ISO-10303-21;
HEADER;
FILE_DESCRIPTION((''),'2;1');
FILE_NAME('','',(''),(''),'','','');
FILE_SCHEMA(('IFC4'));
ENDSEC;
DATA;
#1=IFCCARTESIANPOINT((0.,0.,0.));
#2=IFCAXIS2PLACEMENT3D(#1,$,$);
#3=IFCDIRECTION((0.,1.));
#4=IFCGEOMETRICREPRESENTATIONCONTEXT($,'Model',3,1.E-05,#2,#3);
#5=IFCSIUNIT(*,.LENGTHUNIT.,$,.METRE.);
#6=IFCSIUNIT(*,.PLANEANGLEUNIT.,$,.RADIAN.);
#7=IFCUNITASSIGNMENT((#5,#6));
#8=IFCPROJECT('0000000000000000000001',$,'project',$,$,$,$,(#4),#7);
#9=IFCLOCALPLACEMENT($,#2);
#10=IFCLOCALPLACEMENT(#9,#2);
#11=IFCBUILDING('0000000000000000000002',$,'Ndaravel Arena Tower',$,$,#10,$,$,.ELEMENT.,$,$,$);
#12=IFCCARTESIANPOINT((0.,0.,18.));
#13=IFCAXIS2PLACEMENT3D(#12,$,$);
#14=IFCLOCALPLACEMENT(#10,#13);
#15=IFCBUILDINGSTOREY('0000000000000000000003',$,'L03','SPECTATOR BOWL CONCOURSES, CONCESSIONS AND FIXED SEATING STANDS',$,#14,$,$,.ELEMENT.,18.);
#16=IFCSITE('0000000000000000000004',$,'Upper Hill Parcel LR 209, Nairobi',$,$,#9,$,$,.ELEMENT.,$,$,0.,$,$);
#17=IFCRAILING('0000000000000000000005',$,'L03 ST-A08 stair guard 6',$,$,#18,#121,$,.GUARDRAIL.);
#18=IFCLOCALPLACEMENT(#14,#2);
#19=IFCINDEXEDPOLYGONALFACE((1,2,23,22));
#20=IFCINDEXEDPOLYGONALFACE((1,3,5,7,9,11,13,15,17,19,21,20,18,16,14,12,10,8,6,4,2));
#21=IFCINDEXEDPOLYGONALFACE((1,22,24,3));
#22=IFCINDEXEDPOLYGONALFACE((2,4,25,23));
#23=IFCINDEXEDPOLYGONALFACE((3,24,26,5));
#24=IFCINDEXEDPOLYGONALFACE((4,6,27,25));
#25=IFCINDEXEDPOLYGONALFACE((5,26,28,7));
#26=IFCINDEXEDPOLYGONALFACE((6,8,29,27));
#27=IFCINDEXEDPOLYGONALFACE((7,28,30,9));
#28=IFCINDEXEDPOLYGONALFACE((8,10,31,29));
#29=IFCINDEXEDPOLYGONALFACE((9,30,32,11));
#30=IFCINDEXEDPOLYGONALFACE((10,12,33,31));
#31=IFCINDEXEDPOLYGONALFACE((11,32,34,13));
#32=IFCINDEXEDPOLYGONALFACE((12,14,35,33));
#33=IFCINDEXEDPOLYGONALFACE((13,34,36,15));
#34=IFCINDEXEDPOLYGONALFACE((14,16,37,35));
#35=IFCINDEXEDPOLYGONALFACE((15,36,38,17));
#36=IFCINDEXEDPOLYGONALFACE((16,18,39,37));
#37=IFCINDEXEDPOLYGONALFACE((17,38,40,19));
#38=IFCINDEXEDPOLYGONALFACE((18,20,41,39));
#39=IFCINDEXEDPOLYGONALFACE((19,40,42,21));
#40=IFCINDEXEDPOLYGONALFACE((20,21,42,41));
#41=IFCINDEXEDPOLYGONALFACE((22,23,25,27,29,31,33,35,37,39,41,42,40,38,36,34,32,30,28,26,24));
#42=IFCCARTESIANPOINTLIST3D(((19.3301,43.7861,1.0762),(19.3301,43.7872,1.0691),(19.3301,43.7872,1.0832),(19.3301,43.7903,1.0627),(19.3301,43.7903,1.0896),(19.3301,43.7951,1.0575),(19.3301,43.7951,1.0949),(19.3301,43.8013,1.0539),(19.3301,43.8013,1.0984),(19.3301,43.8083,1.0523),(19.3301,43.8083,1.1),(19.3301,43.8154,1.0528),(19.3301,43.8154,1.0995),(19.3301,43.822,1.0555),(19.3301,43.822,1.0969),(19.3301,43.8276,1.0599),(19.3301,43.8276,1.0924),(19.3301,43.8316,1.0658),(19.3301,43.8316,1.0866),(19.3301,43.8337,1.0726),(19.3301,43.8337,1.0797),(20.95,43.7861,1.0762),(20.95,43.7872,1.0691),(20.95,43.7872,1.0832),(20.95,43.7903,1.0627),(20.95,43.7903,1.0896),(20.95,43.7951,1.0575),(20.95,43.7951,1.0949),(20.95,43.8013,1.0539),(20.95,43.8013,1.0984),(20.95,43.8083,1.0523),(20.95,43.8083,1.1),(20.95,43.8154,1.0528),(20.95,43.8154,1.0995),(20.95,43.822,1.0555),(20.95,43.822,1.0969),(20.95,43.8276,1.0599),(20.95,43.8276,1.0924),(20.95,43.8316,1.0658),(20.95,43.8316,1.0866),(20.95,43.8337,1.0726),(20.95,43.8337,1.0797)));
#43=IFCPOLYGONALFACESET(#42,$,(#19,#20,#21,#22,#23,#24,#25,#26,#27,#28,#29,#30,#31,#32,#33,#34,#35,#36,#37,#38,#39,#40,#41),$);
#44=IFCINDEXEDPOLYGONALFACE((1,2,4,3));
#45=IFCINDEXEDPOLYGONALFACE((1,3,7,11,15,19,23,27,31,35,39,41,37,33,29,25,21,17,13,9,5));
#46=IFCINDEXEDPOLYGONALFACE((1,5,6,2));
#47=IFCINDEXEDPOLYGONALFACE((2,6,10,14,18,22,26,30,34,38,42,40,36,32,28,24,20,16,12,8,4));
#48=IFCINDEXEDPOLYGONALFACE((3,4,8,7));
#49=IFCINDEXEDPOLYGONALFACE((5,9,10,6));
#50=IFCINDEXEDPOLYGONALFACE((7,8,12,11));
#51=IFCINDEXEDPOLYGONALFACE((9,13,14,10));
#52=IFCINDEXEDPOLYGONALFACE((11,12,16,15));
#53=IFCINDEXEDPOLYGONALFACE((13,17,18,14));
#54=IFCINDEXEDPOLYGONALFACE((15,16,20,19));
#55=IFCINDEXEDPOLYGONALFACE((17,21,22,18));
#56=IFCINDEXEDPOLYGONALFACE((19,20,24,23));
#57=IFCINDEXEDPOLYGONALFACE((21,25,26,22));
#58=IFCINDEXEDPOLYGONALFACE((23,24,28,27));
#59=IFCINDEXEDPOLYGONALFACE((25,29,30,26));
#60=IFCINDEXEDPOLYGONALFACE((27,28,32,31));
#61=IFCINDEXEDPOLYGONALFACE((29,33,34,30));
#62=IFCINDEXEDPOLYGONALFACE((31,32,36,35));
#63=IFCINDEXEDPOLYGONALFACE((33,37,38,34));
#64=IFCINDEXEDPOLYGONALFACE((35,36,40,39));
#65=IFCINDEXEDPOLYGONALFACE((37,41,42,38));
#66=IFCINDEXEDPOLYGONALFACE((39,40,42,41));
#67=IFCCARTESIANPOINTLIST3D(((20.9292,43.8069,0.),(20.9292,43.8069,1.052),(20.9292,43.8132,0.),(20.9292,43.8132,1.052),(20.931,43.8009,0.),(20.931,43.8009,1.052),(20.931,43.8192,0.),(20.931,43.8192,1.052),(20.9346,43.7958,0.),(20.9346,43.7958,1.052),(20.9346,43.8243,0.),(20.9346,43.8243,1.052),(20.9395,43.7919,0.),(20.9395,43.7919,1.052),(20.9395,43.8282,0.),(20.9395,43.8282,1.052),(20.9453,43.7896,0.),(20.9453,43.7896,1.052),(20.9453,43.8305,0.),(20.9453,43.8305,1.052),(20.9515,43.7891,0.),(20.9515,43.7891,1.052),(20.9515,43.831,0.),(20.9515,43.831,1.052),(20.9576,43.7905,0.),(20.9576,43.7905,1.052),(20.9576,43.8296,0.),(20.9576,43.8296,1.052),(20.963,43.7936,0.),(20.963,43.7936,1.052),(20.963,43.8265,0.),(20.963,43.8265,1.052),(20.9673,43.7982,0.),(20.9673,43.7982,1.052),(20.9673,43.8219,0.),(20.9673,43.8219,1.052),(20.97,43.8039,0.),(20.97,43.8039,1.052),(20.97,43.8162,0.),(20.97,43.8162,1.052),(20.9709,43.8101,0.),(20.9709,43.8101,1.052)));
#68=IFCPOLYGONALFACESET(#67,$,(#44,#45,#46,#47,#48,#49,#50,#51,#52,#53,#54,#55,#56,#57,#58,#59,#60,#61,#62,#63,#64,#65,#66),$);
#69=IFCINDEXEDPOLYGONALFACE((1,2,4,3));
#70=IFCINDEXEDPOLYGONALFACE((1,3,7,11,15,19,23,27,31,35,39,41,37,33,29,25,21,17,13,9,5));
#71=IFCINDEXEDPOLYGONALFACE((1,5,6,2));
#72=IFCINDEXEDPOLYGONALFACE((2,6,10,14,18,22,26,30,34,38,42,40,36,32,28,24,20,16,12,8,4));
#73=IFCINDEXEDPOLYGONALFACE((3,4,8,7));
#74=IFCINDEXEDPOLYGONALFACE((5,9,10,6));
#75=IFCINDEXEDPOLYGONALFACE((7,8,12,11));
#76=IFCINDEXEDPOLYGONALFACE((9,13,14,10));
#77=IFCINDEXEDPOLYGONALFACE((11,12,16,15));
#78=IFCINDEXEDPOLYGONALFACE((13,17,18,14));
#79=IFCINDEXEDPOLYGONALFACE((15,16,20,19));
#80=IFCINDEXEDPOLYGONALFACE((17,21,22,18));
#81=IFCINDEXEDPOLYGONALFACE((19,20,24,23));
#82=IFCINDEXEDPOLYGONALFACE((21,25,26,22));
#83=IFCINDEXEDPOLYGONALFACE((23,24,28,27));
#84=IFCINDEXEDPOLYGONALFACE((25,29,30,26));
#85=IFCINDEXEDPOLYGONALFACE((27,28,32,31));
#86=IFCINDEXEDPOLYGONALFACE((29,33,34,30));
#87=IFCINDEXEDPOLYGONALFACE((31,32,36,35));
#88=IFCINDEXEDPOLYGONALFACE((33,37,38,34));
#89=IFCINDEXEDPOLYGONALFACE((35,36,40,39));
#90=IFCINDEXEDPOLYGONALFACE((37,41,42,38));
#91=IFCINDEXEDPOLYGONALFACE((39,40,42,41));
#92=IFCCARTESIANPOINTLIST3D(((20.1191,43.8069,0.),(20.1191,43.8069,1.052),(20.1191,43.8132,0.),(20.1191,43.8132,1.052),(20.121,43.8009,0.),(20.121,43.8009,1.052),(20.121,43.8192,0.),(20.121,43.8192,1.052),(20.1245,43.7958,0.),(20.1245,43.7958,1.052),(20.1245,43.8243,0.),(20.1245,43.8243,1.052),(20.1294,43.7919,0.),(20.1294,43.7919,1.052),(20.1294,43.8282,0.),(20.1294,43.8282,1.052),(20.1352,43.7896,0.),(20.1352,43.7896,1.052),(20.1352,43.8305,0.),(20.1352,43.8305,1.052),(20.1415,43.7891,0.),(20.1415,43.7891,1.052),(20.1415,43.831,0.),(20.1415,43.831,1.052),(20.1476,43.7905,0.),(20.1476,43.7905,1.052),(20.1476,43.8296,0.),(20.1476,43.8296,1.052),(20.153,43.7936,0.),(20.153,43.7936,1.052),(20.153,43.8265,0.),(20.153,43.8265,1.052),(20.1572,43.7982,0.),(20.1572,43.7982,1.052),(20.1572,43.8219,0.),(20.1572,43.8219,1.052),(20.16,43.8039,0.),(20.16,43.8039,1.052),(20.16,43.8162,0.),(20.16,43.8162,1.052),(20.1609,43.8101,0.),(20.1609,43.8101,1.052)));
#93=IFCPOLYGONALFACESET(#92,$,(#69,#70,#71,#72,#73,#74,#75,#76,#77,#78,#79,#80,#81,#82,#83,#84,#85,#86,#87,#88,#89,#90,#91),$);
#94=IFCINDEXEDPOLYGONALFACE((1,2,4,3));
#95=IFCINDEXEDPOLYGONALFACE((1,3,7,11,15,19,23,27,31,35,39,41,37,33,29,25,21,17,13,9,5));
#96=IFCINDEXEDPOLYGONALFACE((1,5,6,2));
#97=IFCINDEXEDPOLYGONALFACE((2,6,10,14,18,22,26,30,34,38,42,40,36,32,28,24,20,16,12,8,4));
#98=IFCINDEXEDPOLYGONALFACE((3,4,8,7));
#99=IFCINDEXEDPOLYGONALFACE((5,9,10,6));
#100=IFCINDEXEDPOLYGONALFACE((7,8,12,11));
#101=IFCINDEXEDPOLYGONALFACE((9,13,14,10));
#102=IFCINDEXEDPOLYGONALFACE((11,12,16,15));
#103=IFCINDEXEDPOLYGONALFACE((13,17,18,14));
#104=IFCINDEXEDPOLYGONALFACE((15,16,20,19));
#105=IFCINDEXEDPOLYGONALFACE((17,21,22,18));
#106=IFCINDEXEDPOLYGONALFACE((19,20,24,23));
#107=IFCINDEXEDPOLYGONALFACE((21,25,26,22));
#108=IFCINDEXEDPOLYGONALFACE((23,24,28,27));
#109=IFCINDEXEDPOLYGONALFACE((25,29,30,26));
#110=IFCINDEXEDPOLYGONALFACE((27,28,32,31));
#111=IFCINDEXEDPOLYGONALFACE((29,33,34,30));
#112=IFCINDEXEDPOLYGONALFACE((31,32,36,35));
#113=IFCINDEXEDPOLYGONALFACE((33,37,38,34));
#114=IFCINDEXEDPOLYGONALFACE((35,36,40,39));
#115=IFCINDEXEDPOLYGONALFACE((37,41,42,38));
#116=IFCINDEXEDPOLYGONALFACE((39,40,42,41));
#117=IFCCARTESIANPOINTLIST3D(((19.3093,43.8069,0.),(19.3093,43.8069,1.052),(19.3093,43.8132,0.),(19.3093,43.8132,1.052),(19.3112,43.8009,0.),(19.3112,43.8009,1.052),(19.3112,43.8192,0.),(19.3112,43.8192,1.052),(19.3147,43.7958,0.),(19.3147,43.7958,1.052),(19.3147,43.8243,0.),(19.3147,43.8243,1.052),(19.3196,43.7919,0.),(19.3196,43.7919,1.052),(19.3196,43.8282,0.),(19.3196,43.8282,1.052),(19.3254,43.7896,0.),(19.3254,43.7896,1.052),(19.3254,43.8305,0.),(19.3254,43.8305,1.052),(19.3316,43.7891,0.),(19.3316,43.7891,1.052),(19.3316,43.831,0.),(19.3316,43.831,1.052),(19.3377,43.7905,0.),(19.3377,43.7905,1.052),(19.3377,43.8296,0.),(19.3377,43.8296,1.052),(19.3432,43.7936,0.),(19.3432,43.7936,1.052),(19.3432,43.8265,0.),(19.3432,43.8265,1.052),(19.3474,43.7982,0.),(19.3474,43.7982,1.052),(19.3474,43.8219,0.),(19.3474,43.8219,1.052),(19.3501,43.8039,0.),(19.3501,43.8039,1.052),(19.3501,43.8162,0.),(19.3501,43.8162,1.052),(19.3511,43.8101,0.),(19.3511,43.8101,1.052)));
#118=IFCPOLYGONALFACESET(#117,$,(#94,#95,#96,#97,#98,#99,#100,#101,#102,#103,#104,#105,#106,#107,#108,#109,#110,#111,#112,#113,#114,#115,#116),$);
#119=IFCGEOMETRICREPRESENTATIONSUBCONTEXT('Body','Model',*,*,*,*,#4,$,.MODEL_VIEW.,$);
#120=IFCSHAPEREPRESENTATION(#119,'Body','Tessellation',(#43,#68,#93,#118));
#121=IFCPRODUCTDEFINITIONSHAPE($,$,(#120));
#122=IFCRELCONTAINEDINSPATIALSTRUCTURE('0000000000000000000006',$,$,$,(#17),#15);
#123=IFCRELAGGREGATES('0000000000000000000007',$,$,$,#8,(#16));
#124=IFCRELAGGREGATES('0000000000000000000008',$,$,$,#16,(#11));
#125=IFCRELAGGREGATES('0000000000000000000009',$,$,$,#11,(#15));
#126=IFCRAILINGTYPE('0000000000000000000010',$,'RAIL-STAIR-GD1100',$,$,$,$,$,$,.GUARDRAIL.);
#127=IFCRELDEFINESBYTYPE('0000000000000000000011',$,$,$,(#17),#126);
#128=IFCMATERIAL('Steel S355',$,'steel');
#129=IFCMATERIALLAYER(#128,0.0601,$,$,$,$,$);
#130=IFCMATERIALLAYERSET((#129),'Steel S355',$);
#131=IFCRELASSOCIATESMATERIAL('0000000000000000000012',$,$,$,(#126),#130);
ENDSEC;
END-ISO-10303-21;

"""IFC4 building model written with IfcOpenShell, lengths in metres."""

from ifc_helpers import new_model, si_unit, direction, frame, origin, origin_2d, place, context, subcontext, project, spatial, circle, extrude, material, layer, layer_set, type_object, element, save


model = new_model("IFC4")

# Units and contexts
model_context = context("Model", 3, precision=1e-05, world=origin(), true_north=direction((0.0, 1.0)))
body_context = subcontext(model_context, "Body", "Model", "MODEL_VIEW")
ifc_project = project(units=[si_unit("LENGTHUNIT", "METRE"), si_unit("PLANEANGLEUNIT", "RADIAN")], contexts=[model_context])

# Site, building, storey
site_placement = place(None, origin())
site = spatial("IfcSite", under=ifc_project, at=site_placement, Name="Upper Hill Parcel LR 209, Nairobi", CompositionType="ELEMENT", RefElevation=0.0)
building_placement = place(site_placement, origin())
building = spatial("IfcBuilding", under=site, at=building_placement, Name="Ndaravel Arena Tower", CompositionType="ELEMENT")
storey_placement = place(building_placement, frame((0.0, 0.0, 18.0)))
storey = spatial("IfcBuildingStorey", under=building, at=storey_placement, Name="L03", Description="SPECTATOR BOWL CONCOURSES, CONCESSIONS AND FIXED SEATING STANDS", CompositionType="ELEMENT", Elevation=18.0)

# Railing
ifc_material_1 = material(Name="Steel S355", Category="steel")
ifc_layer_1 = layer(ifc_material_1, 0.0601)
ifc_layer_set_1 = layer_set([ifc_layer_1], Name="Steel S355")
railing_type_1 = type_object("IfcRailingType", Name="RAIL-STAIR-GD1100", PredefinedType="GUARDRAIL", material=ifc_layer_set_1)
for number, where, name in (
    (1, (20.95, 43.8101, 0.0), "L03 ST-A08 stair guard 6"),
):
    element("IfcRailing", number, at=place(storey_placement, frame(where)), inside=storey, type_object=railing_type_1, Name=name, PredefinedType="GUARDRAIL", context=body_context, shape_type="SweptSolid", body=[
        extrude(circle(Radius=0.0239, at=origin_2d()), frame((0.0, 0.0, 1.0762), z_axis=(-1.0, 0.0, 0.0), x_axis=(0.0, -1.0, 0.0)), (0.0, 0.0, 1.0), 1.6199),
        extrude(circle(Radius=0.021, at=origin_2d()), origin(), (0.0, 0.0, 1.0), 1.052),
        extrude(circle(Radius=0.021, at=origin_2d()), frame((-0.8101, 0.0, 0.0)), (0.0, 0.0, 1.0), 1.052),
        extrude(circle(Radius=0.021, at=origin_2d()), frame((-1.6199, 0.0, 0.0)), (0.0, 0.0, 1.0), 1.052),
    ])

save(model, "model.ifc")
